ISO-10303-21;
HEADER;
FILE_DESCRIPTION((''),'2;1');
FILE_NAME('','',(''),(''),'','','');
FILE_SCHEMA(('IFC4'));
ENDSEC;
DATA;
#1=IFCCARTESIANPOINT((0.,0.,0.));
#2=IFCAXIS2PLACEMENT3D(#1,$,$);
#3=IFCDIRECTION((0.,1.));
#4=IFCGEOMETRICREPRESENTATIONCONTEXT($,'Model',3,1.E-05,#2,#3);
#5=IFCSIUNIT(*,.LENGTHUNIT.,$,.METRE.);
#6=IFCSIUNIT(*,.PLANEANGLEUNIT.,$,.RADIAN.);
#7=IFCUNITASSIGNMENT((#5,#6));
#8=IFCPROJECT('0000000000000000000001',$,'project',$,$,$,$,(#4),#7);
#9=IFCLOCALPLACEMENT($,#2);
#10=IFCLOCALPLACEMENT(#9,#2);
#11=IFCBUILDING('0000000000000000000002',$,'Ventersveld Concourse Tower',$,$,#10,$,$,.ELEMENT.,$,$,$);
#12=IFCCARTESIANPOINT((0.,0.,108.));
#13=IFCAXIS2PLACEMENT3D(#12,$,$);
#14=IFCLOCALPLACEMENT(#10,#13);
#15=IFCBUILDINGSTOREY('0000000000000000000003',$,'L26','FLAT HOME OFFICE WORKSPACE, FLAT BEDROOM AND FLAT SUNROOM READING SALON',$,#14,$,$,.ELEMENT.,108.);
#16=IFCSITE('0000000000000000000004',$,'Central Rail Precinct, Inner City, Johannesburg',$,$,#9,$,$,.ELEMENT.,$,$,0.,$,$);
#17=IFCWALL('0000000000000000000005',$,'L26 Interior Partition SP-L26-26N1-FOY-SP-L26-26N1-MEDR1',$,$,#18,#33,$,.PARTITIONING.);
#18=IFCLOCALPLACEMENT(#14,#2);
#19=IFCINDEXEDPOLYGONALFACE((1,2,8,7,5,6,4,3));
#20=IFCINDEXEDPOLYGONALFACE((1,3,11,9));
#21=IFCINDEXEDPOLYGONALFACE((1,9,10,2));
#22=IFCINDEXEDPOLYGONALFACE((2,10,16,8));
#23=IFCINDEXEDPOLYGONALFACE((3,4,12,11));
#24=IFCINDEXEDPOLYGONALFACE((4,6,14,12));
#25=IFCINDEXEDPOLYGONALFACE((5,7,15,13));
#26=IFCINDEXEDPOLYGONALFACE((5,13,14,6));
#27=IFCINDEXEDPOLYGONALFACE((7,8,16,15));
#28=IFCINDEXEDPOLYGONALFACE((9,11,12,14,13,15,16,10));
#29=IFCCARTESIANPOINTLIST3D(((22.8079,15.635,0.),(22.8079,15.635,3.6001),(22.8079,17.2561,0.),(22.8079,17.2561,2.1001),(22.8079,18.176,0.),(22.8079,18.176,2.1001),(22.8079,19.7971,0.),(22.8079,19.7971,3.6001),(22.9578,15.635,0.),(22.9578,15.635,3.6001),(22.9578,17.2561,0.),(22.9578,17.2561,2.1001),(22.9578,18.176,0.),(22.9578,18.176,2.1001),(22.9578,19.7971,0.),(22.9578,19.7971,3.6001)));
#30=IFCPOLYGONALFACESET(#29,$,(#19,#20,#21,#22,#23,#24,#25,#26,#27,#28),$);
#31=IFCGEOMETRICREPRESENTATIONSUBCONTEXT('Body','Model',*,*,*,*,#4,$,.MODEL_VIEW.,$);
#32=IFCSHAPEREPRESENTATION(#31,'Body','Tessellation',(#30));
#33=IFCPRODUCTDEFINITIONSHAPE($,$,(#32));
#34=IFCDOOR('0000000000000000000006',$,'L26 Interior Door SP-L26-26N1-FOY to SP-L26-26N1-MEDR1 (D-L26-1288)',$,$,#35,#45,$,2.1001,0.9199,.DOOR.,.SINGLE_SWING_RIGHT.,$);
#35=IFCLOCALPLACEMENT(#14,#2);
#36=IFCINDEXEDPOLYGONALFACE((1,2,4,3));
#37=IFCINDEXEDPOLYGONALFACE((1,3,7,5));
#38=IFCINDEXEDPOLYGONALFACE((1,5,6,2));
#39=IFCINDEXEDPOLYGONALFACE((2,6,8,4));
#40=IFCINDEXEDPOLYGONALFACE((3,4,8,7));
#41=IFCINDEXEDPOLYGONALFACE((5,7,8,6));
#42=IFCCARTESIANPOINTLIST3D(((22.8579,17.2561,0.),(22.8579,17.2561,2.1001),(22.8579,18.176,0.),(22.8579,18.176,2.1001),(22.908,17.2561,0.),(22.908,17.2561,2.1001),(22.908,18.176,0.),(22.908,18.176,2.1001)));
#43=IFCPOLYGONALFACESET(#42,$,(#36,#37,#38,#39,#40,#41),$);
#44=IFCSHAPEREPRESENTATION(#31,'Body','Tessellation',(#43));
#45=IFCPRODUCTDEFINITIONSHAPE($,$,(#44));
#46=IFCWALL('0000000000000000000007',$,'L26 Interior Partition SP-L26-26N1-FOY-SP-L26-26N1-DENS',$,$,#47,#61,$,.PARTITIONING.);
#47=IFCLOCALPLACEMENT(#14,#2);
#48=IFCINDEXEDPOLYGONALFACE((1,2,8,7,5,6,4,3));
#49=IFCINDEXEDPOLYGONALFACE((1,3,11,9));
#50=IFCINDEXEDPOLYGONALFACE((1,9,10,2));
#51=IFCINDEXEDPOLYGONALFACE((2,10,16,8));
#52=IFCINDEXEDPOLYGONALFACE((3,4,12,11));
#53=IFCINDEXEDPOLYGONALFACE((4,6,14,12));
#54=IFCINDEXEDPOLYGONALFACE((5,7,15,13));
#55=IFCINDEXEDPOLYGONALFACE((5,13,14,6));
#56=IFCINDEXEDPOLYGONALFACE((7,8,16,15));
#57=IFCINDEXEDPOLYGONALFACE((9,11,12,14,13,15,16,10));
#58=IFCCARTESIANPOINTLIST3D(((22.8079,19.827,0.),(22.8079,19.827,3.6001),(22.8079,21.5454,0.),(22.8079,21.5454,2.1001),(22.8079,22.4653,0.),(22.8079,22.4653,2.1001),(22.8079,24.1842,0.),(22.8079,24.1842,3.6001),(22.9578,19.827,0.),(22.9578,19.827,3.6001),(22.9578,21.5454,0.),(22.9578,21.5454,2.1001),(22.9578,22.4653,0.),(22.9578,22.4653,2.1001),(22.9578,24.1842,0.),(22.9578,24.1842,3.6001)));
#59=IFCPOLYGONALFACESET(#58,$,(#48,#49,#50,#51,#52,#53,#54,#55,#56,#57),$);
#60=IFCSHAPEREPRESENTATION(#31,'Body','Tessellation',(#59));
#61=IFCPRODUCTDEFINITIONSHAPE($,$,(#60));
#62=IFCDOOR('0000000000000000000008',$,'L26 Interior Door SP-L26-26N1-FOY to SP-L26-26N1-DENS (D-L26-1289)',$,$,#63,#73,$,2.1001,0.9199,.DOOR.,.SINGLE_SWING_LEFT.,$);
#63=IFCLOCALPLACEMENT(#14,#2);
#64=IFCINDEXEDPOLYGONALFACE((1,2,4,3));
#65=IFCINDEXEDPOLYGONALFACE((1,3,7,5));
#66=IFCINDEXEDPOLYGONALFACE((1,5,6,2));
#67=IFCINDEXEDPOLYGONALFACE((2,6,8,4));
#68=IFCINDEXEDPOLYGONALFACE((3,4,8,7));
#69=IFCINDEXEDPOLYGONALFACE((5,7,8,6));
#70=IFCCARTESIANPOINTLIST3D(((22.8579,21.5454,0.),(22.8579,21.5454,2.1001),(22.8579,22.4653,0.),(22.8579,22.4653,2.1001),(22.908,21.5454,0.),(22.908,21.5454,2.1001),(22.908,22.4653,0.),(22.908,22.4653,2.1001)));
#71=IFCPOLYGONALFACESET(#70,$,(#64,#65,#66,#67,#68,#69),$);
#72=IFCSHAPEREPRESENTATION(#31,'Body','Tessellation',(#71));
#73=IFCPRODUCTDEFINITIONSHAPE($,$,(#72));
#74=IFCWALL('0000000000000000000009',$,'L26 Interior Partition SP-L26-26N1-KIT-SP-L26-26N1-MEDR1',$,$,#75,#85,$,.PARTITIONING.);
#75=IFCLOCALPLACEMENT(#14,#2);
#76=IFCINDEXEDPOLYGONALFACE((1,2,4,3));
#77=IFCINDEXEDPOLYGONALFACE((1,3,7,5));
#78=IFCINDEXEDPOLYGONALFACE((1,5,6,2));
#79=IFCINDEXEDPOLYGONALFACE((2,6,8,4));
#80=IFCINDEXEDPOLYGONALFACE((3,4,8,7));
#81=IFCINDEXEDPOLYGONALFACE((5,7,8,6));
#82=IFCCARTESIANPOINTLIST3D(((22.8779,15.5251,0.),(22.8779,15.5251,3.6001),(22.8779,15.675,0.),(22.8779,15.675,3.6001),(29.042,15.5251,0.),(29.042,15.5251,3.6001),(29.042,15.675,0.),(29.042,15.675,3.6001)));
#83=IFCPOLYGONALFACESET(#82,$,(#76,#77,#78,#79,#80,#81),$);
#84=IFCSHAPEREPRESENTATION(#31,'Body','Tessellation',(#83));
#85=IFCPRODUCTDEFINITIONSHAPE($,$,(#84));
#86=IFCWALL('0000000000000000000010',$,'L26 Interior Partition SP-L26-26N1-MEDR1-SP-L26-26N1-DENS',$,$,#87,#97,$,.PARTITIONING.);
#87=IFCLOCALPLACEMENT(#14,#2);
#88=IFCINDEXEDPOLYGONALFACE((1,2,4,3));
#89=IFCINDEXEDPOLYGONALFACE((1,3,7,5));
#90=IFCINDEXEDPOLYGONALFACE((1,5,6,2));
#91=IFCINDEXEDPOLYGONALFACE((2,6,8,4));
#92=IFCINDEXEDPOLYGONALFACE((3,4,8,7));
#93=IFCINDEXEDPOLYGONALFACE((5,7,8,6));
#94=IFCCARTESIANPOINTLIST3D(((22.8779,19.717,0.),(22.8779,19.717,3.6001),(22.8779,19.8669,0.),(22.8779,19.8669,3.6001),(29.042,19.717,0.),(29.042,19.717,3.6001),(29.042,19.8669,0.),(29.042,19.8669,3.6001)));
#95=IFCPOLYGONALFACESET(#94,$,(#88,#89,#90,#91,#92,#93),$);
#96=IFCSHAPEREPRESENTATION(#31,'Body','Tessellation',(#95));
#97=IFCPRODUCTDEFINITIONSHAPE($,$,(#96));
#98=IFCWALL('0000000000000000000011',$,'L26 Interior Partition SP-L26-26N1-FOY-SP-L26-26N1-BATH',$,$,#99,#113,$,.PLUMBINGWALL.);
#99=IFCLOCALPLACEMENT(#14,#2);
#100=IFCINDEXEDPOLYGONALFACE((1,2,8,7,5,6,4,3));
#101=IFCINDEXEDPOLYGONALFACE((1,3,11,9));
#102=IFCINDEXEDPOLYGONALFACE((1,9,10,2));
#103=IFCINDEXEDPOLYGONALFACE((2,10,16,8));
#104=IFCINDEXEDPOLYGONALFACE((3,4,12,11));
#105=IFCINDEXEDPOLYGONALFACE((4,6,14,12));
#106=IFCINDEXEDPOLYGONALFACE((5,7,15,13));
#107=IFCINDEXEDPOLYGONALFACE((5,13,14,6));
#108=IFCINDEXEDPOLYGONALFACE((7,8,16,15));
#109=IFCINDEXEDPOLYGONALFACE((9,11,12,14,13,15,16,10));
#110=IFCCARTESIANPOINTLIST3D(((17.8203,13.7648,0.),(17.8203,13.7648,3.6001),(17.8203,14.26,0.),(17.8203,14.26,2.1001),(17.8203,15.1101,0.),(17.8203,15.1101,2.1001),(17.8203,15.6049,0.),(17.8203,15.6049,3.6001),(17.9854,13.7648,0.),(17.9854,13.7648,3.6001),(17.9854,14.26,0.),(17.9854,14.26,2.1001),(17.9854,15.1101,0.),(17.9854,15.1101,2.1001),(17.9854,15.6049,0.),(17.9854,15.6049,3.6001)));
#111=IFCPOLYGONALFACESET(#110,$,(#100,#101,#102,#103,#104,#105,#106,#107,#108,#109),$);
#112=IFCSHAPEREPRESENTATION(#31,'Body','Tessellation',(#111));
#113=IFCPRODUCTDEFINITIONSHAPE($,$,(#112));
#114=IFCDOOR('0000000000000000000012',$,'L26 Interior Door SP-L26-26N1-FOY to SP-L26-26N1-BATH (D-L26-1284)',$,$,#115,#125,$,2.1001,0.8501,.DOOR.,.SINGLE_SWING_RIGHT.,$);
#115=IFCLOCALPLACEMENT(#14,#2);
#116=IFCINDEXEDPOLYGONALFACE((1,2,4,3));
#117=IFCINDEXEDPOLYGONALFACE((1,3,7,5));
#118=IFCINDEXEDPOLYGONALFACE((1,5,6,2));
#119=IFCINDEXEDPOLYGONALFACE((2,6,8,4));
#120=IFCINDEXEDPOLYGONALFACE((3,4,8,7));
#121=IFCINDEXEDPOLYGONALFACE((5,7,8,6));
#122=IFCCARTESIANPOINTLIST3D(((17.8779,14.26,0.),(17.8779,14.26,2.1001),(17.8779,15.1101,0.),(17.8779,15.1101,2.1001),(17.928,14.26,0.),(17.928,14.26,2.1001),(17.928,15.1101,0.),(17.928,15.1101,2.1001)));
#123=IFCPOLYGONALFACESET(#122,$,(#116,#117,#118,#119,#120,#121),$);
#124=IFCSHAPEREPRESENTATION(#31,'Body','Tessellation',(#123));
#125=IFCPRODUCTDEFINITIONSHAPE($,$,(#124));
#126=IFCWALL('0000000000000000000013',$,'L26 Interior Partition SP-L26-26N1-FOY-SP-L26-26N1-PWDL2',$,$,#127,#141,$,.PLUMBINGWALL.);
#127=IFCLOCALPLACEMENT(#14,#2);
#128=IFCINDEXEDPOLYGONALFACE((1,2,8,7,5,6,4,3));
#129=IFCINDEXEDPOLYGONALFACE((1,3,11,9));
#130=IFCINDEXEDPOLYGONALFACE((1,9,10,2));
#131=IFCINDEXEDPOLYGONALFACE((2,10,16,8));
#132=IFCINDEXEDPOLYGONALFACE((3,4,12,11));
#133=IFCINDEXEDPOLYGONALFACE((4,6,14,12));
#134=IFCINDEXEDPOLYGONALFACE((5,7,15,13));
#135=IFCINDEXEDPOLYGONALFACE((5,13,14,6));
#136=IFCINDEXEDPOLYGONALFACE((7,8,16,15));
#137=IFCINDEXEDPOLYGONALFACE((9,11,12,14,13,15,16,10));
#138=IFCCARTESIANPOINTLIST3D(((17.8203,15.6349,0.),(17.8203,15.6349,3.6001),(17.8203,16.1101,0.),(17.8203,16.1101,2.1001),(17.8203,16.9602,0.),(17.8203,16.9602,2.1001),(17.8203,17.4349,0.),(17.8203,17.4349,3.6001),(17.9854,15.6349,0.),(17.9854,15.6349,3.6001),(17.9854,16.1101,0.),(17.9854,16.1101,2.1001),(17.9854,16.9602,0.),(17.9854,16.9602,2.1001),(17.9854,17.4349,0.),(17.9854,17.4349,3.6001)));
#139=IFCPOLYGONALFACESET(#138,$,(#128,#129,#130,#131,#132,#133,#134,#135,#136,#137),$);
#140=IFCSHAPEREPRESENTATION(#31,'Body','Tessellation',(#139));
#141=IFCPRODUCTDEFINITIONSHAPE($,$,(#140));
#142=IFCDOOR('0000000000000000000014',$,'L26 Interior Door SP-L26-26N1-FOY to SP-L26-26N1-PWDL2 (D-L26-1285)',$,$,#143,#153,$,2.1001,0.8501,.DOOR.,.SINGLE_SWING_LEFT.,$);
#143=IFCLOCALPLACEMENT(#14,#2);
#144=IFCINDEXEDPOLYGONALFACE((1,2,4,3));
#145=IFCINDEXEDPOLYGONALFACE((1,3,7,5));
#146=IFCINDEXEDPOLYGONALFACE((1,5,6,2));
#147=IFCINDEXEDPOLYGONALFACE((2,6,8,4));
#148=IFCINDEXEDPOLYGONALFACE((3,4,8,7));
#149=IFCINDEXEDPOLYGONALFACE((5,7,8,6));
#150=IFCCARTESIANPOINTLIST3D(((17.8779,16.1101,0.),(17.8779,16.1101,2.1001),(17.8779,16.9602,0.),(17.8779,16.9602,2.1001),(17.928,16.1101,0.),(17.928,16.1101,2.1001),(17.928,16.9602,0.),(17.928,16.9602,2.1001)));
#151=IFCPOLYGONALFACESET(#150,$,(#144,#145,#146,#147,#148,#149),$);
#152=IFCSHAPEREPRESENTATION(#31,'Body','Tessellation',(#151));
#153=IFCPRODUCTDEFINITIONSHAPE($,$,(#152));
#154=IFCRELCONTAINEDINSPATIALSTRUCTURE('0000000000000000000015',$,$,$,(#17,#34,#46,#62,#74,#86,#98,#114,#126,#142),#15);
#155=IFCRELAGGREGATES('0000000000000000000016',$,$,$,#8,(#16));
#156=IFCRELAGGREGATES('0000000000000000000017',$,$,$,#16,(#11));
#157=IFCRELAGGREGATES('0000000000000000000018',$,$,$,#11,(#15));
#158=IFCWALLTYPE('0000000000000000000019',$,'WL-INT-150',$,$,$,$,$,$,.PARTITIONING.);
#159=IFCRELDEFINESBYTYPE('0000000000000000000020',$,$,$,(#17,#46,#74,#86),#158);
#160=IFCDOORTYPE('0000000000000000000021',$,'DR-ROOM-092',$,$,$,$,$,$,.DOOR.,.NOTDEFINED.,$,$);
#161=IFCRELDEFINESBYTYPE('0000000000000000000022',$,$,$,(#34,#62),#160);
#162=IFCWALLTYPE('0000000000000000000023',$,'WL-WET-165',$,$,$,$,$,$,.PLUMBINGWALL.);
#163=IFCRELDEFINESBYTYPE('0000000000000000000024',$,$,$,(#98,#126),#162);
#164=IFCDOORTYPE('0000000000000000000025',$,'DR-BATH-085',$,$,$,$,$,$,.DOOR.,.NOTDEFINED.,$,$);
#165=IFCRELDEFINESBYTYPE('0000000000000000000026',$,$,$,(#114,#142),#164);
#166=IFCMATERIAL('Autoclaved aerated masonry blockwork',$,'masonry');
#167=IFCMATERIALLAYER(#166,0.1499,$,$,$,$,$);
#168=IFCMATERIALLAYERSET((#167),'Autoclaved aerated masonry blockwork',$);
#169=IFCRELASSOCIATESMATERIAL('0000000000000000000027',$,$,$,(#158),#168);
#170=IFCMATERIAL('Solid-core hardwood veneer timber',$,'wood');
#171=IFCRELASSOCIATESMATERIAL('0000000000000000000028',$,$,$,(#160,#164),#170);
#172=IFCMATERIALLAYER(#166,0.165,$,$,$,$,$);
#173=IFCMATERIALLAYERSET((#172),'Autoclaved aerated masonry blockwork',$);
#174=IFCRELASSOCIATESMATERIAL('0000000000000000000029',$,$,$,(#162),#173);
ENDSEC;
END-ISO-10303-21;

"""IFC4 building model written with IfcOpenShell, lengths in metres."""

from ifc_helpers import new_model, si_unit, direction, frame, frame_2d, origin, place, context, subcontext, project, spatial, rectangle, extrude, material, layer, layer_set, type_object, element, fill, save


model = new_model("IFC4")

# Units and contexts
model_context = context("Model", 3, precision=1e-05, world=origin(), true_north=direction((0.0, 1.0)))
body_context = subcontext(model_context, "Body", "Model", "MODEL_VIEW")
ifc_project = project(units=[si_unit("LENGTHUNIT", "METRE"), si_unit("PLANEANGLEUNIT", "RADIAN")], contexts=[model_context])

# Site, building, storey
site_placement = place(None, origin())
site = spatial("IfcSite", under=ifc_project, at=site_placement, Name="Central Rail Precinct, Inner City, Johannesburg", CompositionType="ELEMENT", RefElevation=0.0)
building_placement = place(site_placement, origin())
building = spatial("IfcBuilding", under=site, at=building_placement, Name="Ventersveld Concourse Tower", CompositionType="ELEMENT")
storey_placement = place(building_placement, frame((0.0, 0.0, 108.0)))
storey = spatial("IfcBuildingStorey", under=building, at=storey_placement, Name="L26", Description="FLAT HOME OFFICE WORKSPACE, FLAT BEDROOM AND FLAT SUNROOM READING SALON", CompositionType="ELEMENT", Elevation=108.0)

# Shared definitions
ifc_material_1 = material(Name="Solid-core hardwood veneer timber", Category="wood")

# Walls, openings, doors
ifc_material_2 = material(Name="Autoclaved aerated masonry blockwork", Category="masonry")
ifc_layer_1 = layer(ifc_material_2, 0.1499)
ifc_layer_set_1 = layer_set([ifc_layer_1], Name="Autoclaved aerated masonry blockwork")
wall_type_1 = type_object("IfcWallType", Name="WL-INT-150", PredefinedType="PARTITIONING", material=ifc_layer_set_1)
door_type_1 = type_object("IfcDoorType", Name="DR-ROOM-092", OperationType="NOTDEFINED", PredefinedType="DOOR", material=ifc_material_1)
wall_1_placement = place(storey_placement, frame((22.8828, 15.635, 0.0), z_axis=(0.0, 0.0, 1.0), x_axis=(0.0, 1.0, 0.0)))
wall_1 = element("IfcWall", 1, at=wall_1_placement, inside=storey, type_object=wall_type_1, Name="L26 Interior Partition SP-L26-26N1-FOY-SP-L26-26N1-MEDR1", PredefinedType="PARTITIONING", context=body_context, shape_type="SweptSolid", body=[
    extrude(rectangle(XDim=4.1621, YDim=0.1499, at=frame_2d((2.0811, 0.0))), origin(), (0.0, 0.0, 1.0), 3.6001),
])
opening_1_placement = place(wall_1_placement, frame((1.6211, 0.0, 0.0)))
opening_1 = element("IfcOpeningElement", 2, at=opening_1_placement, cuts=wall_1, PredefinedType="OPENING", context=body_context, shape_type="SweptSolid", body=[
    extrude(rectangle(XDim=0.9199, YDim=2.1001, at=frame_2d((0.46, 1.05))), frame((0.0, 0.085, 0.0), z_axis=(0.0, -1.0, 0.0), x_axis=(1.0, 0.0, 0.0)), (0.0, 0.0, 1.0), 0.1699),
])
door_1_placement = place(opening_1_placement, origin())
door_1 = element("IfcDoor", 3, at=door_1_placement, inside=storey, type_object=door_type_1, Name="L26 Interior Door SP-L26-26N1-FOY to SP-L26-26N1-MEDR1 (D-L26-1288)", OperationType="SINGLE_SWING_RIGHT", OverallHeight=2.1001, OverallWidth=0.9199, PredefinedType="DOOR", context=body_context, shape_type="SweptSolid", body=[
    extrude(rectangle(XDim=0.9199, YDim=2.1001, at=frame_2d((0.46, 1.05))), frame((0.0, 0.0249, 0.0), z_axis=(0.0, -1.0, 0.0), x_axis=(1.0, 0.0, 0.0)), (0.0, 0.0, 1.0), 0.05),
])
fill(opening_1, door_1)
wall_2_placement = place(storey_placement, frame((22.8828, 19.8269, 0.0), z_axis=(0.0, 0.0, 1.0), x_axis=(0.0, 1.0, 0.0)))
wall_2 = element("IfcWall", 4, at=wall_2_placement, inside=storey, type_object=wall_type_1, Name="L26 Interior Partition SP-L26-26N1-FOY-SP-L26-26N1-DENS", PredefinedType="PARTITIONING", context=body_context, shape_type="SweptSolid", body=[
    extrude(rectangle(XDim=4.3572, YDim=0.1499, at=frame_2d((2.1787, 0.0))), origin(), (0.0, 0.0, 1.0), 3.6001),
])
opening_2_placement = place(wall_2_placement, frame((1.7185, 0.0, 0.0)))
opening_2 = element("IfcOpeningElement", 5, at=opening_2_placement, cuts=wall_2, PredefinedType="OPENING", context=body_context, shape_type="SweptSolid", body=[
    extrude(rectangle(XDim=0.9199, YDim=2.1001, at=frame_2d((0.46, 1.05))), frame((0.0, 0.085, 0.0), z_axis=(0.0, -1.0, 0.0), x_axis=(1.0, 0.0, 0.0)), (0.0, 0.0, 1.0), 0.1699),
])
door_2_placement = place(opening_2_placement, origin())
door_2 = element("IfcDoor", 6, at=door_2_placement, inside=storey, type_object=door_type_1, Name="L26 Interior Door SP-L26-26N1-FOY to SP-L26-26N1-DENS (D-L26-1289)", OperationType="SINGLE_SWING_LEFT", OverallHeight=2.1001, OverallWidth=0.9199, PredefinedType="DOOR", context=body_context, shape_type="SweptSolid", body=[
    extrude(rectangle(XDim=0.9199, YDim=2.1001, at=frame_2d((0.46, 1.05))), frame((0.0, 0.0249, 0.0), z_axis=(0.0, -1.0, 0.0), x_axis=(1.0, 0.0, 0.0)), (0.0, 0.0, 1.0), 0.05),
])
fill(opening_2, door_2)

# Walls
for number, where, z_axis, x_axis, name in (
    (7, (22.8779, 15.6001, 0.0), (0.0, 0.0, 1.0), (1.0, 0.0, 0.0), "L26 Interior Partition SP-L26-26N1-KIT-SP-L26-26N1-MEDR1"),
    (8, (22.8779, 19.792, 0.0), (0.0, 0.0, 1.0), (1.0, 0.0, 0.0), "L26 Interior Partition SP-L26-26N1-MEDR1-SP-L26-26N1-DENS"),
):
    element("IfcWall", number, at=place(storey_placement, frame(where, z_axis=z_axis, x_axis=x_axis)), inside=storey, type_object=wall_type_1, Name=name, PredefinedType="PARTITIONING", context=body_context, shape_type="SweptSolid", body=[
        extrude(rectangle(XDim=6.1641, YDim=0.1499, at=frame_2d((3.082, 0.0))), origin(), (0.0, 0.0, 1.0), 3.6001),
    ])

# Walls, openings, doors
ifc_layer_2 = layer(ifc_material_2, 0.165)
ifc_layer_set_2 = layer_set([ifc_layer_2], Name="Autoclaved aerated masonry blockwork")
wall_type_2 = type_object("IfcWallType", Name="WL-WET-165", PredefinedType="PLUMBINGWALL", material=ifc_layer_set_2)
wall_3_placement = place(storey_placement, frame((17.9028, 13.7649, 0.0), z_axis=(0.0, 0.0, 1.0), x_axis=(0.0, 1.0, 0.0)))
wall_3 = element("IfcWall", 9, at=wall_3_placement, inside=storey, type_object=wall_type_2, Name="L26 Interior Partition SP-L26-26N1-FOY-SP-L26-26N1-BATH", PredefinedType="PLUMBINGWALL", context=body_context, shape_type="SweptSolid", body=[
    extrude(rectangle(XDim=1.8401, YDim=0.165, at=frame_2d((0.9199, 0.0))), origin(), (0.0, 0.0, 1.0), 3.6001),
])
opening_3_placement = place(wall_3_placement, frame((0.4951, 0.0, 0.0)))
opening_3 = element("IfcOpeningElement", 10, at=opening_3_placement, cuts=wall_3, PredefinedType="OPENING", context=body_context, shape_type="SweptSolid", body=[
    extrude(rectangle(XDim=0.8501, YDim=2.1001, at=frame_2d((0.425, 1.05))), frame((0.0, 0.0925, 0.0), z_axis=(0.0, -1.0, 0.0), x_axis=(1.0, 0.0, 0.0)), (0.0, 0.0, 1.0), 0.1851),
])
door_type_2 = type_object("IfcDoorType", Name="DR-BATH-085", OperationType="NOTDEFINED", PredefinedType="DOOR", material=ifc_material_1)
door_3_placement = place(opening_3_placement, origin())
door_3 = element("IfcDoor", 11, at=door_3_placement, inside=storey, type_object=door_type_2, Name="L26 Interior Door SP-L26-26N1-FOY to SP-L26-26N1-BATH (D-L26-1284)", OperationType="SINGLE_SWING_RIGHT", OverallHeight=2.1001, OverallWidth=0.8501, PredefinedType="DOOR", context=body_context, shape_type="SweptSolid", body=[
    extrude(rectangle(XDim=0.8501, YDim=2.1001, at=frame_2d((0.425, 1.05))), frame((0.0, 0.0249, 0.0), z_axis=(0.0, -1.0, 0.0), x_axis=(1.0, 0.0, 0.0)), (0.0, 0.0, 1.0), 0.05),
])
fill(opening_3, door_3)
wall_4_placement = place(storey_placement, frame((17.9028, 15.635, 0.0), z_axis=(0.0, 0.0, 1.0), x_axis=(0.0, 1.0, 0.0)))
wall_4 = element("IfcWall", 12, at=wall_4_placement, inside=storey, type_object=wall_type_2, Name="L26 Interior Partition SP-L26-26N1-FOY-SP-L26-26N1-PWDL2", PredefinedType="PLUMBINGWALL", context=body_context, shape_type="SweptSolid", body=[
    extrude(rectangle(XDim=1.8, YDim=0.165, at=frame_2d((0.8999, 0.0))), origin(), (0.0, 0.0, 1.0), 3.6001),
])
opening_4_placement = place(wall_4_placement, frame((0.4751, 0.0, 0.0)))
opening_4 = element("IfcOpeningElement", 13, at=opening_4_placement, cuts=wall_4, PredefinedType="OPENING", context=body_context, shape_type="SweptSolid", body=[
    extrude(rectangle(XDim=0.8501, YDim=2.1001, at=frame_2d((0.425, 1.05))), frame((0.0, 0.0925, 0.0), z_axis=(0.0, -1.0, 0.0), x_axis=(1.0, 0.0, 0.0)), (0.0, 0.0, 1.0), 0.1851),
])
door_4_placement = place(opening_4_placement, origin())
door_4 = element("IfcDoor", 14, at=door_4_placement, inside=storey, type_object=door_type_2, Name="L26 Interior Door SP-L26-26N1-FOY to SP-L26-26N1-PWDL2 (D-L26-1285)", OperationType="SINGLE_SWING_LEFT", OverallHeight=2.1001, OverallWidth=0.8501, PredefinedType="DOOR", context=body_context, shape_type="SweptSolid", body=[
    extrude(rectangle(XDim=0.8501, YDim=2.1001, at=frame_2d((0.425, 1.05))), frame((0.0, 0.0249, 0.0), z_axis=(0.0, -1.0, 0.0), x_axis=(1.0, 0.0, 0.0)), (0.0, 0.0, 1.0), 0.05),
])
fill(opening_4, door_4)

save(model, "model.ifc")
